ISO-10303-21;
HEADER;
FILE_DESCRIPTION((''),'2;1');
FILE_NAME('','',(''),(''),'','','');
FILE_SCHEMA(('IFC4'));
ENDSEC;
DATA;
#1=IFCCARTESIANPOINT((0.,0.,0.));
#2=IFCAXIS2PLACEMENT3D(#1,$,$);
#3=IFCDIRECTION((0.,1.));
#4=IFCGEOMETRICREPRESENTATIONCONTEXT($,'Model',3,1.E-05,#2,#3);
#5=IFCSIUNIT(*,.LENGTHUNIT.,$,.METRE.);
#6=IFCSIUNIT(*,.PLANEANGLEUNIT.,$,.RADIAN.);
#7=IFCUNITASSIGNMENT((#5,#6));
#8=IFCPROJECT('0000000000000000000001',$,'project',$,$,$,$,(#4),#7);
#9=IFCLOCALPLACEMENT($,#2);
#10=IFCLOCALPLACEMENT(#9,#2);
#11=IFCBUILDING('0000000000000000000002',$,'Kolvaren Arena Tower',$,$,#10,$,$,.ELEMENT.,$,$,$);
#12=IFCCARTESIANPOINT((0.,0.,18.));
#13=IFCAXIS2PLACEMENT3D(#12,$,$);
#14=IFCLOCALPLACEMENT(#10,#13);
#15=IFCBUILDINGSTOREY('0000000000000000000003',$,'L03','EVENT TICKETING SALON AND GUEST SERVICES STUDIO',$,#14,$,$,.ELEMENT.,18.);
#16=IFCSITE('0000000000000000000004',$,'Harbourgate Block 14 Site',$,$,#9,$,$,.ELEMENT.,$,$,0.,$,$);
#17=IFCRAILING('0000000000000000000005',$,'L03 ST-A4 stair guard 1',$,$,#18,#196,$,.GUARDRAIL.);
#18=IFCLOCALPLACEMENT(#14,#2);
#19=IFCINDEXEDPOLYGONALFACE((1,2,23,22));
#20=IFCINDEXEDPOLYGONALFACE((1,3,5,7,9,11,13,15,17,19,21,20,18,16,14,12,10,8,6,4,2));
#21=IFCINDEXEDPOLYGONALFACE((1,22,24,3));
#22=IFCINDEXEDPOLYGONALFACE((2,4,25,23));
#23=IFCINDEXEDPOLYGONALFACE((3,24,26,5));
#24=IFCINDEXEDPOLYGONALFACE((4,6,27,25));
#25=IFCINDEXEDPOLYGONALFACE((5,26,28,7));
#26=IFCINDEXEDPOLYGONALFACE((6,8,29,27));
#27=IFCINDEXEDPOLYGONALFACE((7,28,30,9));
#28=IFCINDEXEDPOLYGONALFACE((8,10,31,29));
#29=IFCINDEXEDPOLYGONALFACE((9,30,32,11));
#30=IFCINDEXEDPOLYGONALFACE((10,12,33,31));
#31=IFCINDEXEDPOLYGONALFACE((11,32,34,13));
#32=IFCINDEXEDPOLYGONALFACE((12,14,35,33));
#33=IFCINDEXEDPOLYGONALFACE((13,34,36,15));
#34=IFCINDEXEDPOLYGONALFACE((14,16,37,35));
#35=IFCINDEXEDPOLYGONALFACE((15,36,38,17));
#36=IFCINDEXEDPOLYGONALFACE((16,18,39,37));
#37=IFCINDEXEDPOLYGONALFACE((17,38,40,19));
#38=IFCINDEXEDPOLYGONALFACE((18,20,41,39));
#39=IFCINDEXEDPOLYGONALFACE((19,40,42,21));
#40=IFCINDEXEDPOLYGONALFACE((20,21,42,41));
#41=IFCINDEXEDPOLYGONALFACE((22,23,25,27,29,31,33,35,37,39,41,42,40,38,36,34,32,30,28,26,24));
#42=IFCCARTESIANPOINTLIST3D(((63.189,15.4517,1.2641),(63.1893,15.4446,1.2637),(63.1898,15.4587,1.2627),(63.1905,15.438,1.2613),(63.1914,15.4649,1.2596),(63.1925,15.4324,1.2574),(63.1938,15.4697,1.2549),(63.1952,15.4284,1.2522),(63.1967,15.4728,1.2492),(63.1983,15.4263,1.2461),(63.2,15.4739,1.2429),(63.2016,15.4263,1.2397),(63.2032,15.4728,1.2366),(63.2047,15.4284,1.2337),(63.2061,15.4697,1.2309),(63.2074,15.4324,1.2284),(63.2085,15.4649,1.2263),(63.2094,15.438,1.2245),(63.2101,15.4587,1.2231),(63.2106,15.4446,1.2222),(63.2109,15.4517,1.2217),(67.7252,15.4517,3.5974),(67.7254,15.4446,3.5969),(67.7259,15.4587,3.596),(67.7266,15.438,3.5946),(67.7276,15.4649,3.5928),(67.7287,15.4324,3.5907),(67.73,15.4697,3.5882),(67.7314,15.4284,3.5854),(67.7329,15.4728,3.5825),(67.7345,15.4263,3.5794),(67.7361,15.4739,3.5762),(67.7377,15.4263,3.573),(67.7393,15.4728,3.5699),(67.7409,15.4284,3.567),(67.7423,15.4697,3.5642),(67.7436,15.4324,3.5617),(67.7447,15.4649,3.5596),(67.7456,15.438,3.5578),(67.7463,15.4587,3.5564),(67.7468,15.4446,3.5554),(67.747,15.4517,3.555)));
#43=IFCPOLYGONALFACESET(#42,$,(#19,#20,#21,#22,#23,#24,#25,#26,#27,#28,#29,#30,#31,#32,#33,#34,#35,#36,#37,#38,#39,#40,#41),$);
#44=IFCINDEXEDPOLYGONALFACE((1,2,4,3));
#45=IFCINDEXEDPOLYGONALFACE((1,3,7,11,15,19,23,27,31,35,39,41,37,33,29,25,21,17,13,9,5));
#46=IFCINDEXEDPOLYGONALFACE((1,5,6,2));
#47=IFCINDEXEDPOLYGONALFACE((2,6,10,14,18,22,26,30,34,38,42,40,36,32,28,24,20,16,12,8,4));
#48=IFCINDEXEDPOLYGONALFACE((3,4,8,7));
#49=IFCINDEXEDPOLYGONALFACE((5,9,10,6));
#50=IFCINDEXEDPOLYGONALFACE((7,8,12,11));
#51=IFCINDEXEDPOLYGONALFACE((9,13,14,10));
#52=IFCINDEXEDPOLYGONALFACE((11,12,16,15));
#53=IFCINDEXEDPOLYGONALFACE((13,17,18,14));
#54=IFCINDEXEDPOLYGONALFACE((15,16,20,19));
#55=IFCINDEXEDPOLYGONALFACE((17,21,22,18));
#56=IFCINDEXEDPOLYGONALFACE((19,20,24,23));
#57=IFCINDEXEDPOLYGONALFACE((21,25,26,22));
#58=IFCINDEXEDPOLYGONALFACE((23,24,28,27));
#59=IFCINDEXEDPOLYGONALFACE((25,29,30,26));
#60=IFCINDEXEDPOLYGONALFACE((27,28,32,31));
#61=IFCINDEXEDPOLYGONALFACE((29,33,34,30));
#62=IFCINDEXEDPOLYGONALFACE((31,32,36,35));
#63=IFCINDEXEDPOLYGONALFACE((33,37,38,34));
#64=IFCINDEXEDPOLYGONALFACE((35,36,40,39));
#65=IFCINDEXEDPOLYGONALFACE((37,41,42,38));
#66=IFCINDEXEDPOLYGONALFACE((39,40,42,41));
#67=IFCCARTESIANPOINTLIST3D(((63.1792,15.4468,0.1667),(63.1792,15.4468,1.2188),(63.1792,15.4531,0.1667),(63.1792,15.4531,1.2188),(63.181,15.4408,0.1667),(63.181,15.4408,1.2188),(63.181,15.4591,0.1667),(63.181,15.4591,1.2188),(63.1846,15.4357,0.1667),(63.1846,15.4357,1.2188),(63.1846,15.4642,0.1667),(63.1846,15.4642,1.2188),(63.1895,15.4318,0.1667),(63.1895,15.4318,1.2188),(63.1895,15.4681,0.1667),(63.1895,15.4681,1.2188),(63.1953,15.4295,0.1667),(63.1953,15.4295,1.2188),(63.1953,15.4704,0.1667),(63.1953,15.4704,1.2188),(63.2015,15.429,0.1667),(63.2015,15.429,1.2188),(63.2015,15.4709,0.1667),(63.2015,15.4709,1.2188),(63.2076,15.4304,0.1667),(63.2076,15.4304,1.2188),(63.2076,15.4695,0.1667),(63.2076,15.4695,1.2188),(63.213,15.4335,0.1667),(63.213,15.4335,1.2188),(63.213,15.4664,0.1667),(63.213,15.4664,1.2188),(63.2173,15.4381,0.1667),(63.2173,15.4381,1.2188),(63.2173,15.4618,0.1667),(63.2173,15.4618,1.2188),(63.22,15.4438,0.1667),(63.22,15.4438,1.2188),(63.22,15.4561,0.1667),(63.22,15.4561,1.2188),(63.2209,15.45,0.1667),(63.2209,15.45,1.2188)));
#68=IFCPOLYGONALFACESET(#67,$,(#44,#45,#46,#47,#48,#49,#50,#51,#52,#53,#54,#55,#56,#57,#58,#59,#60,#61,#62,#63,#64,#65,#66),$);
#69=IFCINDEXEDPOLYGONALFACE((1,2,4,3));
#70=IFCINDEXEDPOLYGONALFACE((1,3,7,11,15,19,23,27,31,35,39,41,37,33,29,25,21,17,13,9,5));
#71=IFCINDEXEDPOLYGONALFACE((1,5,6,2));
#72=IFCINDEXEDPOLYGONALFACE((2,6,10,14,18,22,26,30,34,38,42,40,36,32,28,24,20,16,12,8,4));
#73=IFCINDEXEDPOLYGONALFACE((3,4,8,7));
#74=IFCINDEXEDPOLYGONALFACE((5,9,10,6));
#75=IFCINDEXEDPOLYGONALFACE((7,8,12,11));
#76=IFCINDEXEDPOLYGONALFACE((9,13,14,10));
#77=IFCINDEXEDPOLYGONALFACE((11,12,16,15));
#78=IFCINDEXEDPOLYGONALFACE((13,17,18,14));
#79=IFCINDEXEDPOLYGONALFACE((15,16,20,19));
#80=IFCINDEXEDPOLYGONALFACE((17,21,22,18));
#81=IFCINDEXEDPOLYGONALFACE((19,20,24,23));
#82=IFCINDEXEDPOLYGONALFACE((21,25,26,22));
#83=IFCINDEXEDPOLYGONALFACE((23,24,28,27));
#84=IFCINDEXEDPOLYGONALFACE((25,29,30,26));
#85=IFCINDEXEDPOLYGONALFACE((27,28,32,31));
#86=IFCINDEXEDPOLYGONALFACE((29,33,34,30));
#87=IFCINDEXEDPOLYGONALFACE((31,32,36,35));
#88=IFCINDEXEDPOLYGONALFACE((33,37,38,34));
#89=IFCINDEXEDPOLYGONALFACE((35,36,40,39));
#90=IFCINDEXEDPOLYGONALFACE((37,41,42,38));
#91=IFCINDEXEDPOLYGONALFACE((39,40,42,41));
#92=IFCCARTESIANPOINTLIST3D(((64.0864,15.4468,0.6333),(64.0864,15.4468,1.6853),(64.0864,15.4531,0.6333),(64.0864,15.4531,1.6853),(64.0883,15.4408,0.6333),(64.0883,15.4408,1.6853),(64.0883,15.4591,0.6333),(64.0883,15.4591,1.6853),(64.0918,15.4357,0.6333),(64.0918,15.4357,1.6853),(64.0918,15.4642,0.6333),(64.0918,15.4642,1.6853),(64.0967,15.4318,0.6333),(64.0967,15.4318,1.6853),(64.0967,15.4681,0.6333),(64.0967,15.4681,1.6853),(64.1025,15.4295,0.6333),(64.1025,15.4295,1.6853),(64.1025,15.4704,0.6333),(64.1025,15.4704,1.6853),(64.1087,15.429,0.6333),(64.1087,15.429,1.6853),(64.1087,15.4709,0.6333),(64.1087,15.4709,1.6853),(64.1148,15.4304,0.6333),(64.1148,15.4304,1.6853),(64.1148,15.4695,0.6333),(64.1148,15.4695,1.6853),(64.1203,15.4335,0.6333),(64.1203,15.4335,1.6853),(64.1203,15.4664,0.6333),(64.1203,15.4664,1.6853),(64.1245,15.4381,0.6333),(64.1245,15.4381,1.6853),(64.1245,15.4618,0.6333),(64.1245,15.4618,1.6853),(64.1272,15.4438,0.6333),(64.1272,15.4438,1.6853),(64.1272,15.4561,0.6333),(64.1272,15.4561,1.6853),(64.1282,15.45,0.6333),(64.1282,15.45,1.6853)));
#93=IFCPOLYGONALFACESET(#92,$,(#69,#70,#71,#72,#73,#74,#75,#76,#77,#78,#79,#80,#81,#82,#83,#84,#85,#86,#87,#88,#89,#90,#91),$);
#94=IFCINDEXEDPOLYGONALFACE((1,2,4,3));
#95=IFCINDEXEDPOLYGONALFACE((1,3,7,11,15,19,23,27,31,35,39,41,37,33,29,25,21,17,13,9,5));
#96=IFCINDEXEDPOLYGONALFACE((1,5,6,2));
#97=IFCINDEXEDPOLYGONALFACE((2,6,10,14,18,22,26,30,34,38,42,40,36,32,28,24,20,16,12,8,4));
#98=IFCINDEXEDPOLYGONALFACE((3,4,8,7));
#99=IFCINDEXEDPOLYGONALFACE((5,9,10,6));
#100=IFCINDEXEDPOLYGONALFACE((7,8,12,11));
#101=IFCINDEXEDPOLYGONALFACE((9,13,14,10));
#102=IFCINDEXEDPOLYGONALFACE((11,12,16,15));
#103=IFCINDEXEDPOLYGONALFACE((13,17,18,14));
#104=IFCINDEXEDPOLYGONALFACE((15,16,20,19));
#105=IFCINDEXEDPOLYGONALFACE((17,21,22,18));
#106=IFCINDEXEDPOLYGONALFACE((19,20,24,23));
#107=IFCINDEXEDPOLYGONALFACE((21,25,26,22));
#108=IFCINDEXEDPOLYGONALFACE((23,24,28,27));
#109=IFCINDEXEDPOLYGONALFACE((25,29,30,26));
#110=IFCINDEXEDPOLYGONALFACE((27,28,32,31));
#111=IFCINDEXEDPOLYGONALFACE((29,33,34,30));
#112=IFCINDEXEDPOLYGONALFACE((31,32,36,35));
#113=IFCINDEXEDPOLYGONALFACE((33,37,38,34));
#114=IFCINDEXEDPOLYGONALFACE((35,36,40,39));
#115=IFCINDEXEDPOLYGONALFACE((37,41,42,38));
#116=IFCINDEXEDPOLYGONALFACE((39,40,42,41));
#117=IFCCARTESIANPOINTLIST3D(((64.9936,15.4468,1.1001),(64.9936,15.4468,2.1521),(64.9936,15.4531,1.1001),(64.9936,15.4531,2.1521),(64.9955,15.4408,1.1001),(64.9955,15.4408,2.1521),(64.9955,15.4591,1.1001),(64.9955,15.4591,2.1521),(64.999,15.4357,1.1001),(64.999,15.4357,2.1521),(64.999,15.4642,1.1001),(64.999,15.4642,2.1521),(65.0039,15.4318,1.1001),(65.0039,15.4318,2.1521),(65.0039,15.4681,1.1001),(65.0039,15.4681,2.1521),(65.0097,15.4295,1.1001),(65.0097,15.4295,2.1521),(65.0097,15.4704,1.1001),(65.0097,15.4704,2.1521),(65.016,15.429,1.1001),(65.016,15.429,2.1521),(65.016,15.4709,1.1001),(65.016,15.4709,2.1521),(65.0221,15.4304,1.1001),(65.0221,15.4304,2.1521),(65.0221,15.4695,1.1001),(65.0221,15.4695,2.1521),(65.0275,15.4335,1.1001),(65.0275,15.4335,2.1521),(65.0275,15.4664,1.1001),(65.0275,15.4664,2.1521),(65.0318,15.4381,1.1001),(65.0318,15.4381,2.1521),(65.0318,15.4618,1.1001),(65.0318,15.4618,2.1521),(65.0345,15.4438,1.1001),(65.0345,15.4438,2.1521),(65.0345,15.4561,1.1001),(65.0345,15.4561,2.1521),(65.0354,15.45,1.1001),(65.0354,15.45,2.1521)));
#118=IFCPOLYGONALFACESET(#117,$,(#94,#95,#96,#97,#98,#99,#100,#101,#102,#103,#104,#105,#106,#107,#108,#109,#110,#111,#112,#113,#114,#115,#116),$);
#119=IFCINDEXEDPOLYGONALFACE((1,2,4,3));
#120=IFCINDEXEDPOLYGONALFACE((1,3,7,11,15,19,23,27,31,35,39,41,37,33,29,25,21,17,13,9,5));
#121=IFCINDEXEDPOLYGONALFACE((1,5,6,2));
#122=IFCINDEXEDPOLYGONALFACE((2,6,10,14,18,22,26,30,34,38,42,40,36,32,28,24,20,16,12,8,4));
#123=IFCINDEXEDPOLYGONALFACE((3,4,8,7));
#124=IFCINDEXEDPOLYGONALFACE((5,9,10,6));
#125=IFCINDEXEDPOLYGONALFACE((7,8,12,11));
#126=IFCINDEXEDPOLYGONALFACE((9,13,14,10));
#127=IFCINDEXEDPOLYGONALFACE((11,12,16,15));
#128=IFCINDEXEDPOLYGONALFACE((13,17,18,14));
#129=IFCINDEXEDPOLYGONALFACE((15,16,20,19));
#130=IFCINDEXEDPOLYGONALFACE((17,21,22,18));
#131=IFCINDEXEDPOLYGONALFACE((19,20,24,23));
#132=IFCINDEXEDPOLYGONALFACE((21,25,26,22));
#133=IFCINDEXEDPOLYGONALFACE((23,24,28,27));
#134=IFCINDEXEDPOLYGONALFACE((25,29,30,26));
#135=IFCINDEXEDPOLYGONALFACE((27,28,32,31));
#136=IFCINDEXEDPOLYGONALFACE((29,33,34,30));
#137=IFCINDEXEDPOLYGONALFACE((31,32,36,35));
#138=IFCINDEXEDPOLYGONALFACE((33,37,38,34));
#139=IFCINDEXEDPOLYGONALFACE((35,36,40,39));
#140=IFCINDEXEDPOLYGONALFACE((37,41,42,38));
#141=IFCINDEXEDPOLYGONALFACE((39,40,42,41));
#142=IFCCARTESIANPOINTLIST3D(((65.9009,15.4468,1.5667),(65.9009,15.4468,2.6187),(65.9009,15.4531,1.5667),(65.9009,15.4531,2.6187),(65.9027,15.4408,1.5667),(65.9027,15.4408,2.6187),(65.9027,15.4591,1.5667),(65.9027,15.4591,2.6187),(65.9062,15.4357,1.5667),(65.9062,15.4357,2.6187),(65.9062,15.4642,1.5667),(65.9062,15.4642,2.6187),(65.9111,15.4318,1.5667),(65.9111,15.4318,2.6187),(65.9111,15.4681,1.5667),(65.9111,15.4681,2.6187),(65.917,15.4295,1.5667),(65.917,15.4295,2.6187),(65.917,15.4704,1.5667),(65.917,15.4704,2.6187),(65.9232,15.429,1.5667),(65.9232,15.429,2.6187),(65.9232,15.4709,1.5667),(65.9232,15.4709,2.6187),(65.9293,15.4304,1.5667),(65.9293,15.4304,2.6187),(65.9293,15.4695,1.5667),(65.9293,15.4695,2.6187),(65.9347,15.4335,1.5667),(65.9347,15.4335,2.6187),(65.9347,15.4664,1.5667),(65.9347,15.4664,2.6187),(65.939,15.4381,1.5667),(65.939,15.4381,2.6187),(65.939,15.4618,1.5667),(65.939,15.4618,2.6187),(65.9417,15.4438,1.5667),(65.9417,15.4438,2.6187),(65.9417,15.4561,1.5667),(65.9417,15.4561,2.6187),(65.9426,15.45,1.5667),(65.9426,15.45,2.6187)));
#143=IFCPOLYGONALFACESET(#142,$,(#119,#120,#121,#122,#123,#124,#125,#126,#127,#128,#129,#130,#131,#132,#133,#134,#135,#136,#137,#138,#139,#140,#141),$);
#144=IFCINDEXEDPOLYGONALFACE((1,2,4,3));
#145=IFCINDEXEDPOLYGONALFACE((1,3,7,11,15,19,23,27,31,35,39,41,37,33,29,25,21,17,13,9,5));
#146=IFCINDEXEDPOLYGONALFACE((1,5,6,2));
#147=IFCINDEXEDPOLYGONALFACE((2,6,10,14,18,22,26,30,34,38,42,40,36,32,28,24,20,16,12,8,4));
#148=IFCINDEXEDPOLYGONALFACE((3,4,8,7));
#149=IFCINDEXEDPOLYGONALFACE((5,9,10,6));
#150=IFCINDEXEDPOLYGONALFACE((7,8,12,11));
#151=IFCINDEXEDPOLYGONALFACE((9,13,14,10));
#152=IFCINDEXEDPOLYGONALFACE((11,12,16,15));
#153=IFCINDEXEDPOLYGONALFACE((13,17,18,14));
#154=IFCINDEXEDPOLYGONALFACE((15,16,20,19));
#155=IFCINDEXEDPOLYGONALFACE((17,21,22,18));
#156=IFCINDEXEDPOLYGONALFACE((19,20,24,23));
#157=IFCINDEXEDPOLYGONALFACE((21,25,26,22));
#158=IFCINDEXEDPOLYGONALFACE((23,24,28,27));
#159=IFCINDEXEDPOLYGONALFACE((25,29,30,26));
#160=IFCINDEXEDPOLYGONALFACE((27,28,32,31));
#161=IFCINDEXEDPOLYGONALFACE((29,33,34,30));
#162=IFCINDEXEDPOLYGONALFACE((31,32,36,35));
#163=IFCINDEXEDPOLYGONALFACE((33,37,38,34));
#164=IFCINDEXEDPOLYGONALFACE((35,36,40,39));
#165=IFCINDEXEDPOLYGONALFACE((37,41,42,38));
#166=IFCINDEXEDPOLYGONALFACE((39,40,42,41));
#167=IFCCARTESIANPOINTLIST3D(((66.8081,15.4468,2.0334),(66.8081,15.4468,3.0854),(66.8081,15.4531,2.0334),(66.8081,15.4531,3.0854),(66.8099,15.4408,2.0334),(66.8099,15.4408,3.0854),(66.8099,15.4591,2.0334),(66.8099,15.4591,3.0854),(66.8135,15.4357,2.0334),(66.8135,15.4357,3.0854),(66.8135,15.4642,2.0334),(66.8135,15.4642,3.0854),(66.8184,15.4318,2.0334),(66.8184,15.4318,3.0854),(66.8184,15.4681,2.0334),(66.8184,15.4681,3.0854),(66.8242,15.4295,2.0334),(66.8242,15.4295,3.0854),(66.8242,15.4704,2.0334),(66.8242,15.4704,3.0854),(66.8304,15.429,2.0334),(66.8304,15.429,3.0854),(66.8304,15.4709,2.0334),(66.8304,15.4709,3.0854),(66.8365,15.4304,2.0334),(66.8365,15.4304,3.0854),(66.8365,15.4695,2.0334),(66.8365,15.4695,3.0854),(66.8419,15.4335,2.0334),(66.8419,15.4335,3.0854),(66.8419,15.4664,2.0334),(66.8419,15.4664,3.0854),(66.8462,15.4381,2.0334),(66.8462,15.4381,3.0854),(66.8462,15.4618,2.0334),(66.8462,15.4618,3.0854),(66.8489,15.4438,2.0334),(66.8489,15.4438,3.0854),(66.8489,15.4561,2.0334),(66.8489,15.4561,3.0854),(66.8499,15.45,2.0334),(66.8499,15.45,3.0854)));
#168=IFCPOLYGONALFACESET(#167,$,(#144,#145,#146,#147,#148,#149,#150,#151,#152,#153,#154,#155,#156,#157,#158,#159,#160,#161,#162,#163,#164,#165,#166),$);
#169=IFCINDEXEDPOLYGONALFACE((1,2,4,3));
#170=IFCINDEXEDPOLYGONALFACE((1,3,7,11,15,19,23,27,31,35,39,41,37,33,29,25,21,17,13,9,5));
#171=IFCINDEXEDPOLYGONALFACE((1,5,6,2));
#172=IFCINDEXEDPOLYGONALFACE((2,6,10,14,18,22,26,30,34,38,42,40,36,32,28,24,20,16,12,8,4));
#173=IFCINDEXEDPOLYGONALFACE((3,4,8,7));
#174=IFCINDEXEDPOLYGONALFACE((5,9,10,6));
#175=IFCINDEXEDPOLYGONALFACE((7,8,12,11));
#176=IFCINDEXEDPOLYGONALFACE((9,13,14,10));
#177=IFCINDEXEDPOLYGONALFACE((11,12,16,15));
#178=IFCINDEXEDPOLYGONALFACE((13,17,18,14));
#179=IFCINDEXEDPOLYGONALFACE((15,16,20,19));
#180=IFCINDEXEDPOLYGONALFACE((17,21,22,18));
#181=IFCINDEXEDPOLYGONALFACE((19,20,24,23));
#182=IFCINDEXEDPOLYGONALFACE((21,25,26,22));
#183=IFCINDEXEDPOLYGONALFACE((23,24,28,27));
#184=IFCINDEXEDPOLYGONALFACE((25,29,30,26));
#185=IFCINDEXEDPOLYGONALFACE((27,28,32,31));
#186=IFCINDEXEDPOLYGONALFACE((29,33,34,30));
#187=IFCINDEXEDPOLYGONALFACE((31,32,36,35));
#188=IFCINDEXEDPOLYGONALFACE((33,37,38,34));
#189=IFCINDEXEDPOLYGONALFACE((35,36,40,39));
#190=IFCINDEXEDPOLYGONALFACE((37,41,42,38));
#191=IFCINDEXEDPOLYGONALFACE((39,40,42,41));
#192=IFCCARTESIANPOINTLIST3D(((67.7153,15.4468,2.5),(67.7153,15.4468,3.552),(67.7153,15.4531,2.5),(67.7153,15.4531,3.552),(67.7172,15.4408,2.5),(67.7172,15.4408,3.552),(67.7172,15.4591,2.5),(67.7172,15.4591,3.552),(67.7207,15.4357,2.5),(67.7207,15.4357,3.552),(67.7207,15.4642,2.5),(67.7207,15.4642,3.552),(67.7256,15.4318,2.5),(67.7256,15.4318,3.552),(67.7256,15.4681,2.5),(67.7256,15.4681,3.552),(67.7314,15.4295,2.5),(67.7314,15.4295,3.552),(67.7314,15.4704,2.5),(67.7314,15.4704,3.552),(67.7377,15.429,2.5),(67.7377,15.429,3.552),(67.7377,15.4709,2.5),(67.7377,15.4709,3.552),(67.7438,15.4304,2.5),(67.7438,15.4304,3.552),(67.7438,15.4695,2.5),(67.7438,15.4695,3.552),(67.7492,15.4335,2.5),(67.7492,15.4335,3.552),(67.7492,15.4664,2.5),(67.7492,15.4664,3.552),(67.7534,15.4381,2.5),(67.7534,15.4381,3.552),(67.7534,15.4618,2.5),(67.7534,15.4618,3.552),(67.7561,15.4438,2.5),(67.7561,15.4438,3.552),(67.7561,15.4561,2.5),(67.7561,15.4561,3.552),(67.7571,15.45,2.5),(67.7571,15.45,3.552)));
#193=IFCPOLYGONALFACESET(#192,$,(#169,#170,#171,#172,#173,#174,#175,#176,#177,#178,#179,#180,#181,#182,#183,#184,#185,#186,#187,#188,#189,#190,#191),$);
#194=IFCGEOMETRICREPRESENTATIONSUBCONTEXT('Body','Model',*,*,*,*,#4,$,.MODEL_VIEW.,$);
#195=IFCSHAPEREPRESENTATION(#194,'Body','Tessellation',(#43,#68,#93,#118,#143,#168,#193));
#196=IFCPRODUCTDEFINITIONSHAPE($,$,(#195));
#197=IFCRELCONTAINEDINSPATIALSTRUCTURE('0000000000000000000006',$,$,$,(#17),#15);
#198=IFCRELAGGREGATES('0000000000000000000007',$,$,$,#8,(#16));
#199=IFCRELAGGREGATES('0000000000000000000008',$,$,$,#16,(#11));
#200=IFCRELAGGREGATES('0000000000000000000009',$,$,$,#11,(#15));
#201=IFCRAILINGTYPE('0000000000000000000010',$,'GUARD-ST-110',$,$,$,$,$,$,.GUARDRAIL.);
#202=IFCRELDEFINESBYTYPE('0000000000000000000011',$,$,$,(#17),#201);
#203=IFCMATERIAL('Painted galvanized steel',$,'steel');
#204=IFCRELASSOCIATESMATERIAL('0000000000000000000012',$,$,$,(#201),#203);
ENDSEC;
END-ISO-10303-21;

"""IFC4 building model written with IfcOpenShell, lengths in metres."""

from ifc_helpers import new_model, si_unit, direction, frame, origin, origin_2d, place, context, subcontext, project, spatial, circle, extrude, material, type_object, element, save


model = new_model("IFC4")

# Units and contexts
model_context = context("Model", 3, precision=1e-05, world=origin(), true_north=direction((0.0, 1.0)))
body_context = subcontext(model_context, "Body", "Model", "MODEL_VIEW")
ifc_project = project(units=[si_unit("LENGTHUNIT", "METRE"), si_unit("PLANEANGLEUNIT", "RADIAN")], contexts=[model_context])

# Site, building, storey
site_placement = place(None, origin())
site = spatial("IfcSite", under=ifc_project, at=site_placement, Name="Harbourgate Block 14 Site", CompositionType="ELEMENT", RefElevation=0.0)
building_placement = place(site_placement, origin())
building = spatial("IfcBuilding", under=site, at=building_placement, Name="Kolvaren Arena Tower", CompositionType="ELEMENT")
storey_placement = place(building_placement, frame((0.0, 0.0, 18.0)))
storey = spatial("IfcBuildingStorey", under=building, at=storey_placement, Name="L03", Description="EVENT TICKETING SALON AND GUEST SERVICES STUDIO", CompositionType="ELEMENT", Elevation=18.0)

# Railing
ifc_material_1 = material(Name="Painted galvanized steel", Category="steel")
railing_type_1 = type_object("IfcRailingType", Name="GUARD-ST-110", PredefinedType="GUARDRAIL", material=ifc_material_1)
railing_1_placement = place(storey_placement, frame((63.2, 15.45, 0.1667)))
element("IfcRailing", 1, at=railing_1_placement, inside=storey, type_object=railing_type_1, Name="L03 ST-A4 stair guard 1", PredefinedType="GUARDRAIL", context=body_context, shape_type="SweptSolid", body=[
    extrude(circle(Radius=0.0239, at=origin_2d()), frame((0.0, 0.0, 1.0762), z_axis=(0.889257, 0.0, 0.457407), x_axis=(0.0, 1.0, 0.0)), (0.0, 0.0, 1.0), 5.1011),
    extrude(circle(Radius=0.021, at=origin_2d()), origin(), (0.0, 0.0, 1.0), 1.052),
    extrude(circle(Radius=0.021, at=origin_2d()), frame((0.9072, 0.0, 0.4666)), (0.0, 0.0, 1.0), 1.052),
    extrude(circle(Radius=0.021, at=origin_2d()), frame((1.8145, 0.0, 0.9333)), (0.0, 0.0, 1.0), 1.052),
    extrude(circle(Radius=0.021, at=origin_2d()), frame((2.7217, 0.0, 1.3999)), (0.0, 0.0, 1.0), 1.052),
    extrude(circle(Radius=0.021, at=origin_2d()), frame((3.6289, 0.0, 1.8667)), (0.0, 0.0, 1.0), 1.052),
    extrude(circle(Radius=0.021, at=origin_2d()), frame((4.5361, 0.0, 2.3333)), (0.0, 0.0, 1.0), 1.052),
])

save(model, "model.ifc")
